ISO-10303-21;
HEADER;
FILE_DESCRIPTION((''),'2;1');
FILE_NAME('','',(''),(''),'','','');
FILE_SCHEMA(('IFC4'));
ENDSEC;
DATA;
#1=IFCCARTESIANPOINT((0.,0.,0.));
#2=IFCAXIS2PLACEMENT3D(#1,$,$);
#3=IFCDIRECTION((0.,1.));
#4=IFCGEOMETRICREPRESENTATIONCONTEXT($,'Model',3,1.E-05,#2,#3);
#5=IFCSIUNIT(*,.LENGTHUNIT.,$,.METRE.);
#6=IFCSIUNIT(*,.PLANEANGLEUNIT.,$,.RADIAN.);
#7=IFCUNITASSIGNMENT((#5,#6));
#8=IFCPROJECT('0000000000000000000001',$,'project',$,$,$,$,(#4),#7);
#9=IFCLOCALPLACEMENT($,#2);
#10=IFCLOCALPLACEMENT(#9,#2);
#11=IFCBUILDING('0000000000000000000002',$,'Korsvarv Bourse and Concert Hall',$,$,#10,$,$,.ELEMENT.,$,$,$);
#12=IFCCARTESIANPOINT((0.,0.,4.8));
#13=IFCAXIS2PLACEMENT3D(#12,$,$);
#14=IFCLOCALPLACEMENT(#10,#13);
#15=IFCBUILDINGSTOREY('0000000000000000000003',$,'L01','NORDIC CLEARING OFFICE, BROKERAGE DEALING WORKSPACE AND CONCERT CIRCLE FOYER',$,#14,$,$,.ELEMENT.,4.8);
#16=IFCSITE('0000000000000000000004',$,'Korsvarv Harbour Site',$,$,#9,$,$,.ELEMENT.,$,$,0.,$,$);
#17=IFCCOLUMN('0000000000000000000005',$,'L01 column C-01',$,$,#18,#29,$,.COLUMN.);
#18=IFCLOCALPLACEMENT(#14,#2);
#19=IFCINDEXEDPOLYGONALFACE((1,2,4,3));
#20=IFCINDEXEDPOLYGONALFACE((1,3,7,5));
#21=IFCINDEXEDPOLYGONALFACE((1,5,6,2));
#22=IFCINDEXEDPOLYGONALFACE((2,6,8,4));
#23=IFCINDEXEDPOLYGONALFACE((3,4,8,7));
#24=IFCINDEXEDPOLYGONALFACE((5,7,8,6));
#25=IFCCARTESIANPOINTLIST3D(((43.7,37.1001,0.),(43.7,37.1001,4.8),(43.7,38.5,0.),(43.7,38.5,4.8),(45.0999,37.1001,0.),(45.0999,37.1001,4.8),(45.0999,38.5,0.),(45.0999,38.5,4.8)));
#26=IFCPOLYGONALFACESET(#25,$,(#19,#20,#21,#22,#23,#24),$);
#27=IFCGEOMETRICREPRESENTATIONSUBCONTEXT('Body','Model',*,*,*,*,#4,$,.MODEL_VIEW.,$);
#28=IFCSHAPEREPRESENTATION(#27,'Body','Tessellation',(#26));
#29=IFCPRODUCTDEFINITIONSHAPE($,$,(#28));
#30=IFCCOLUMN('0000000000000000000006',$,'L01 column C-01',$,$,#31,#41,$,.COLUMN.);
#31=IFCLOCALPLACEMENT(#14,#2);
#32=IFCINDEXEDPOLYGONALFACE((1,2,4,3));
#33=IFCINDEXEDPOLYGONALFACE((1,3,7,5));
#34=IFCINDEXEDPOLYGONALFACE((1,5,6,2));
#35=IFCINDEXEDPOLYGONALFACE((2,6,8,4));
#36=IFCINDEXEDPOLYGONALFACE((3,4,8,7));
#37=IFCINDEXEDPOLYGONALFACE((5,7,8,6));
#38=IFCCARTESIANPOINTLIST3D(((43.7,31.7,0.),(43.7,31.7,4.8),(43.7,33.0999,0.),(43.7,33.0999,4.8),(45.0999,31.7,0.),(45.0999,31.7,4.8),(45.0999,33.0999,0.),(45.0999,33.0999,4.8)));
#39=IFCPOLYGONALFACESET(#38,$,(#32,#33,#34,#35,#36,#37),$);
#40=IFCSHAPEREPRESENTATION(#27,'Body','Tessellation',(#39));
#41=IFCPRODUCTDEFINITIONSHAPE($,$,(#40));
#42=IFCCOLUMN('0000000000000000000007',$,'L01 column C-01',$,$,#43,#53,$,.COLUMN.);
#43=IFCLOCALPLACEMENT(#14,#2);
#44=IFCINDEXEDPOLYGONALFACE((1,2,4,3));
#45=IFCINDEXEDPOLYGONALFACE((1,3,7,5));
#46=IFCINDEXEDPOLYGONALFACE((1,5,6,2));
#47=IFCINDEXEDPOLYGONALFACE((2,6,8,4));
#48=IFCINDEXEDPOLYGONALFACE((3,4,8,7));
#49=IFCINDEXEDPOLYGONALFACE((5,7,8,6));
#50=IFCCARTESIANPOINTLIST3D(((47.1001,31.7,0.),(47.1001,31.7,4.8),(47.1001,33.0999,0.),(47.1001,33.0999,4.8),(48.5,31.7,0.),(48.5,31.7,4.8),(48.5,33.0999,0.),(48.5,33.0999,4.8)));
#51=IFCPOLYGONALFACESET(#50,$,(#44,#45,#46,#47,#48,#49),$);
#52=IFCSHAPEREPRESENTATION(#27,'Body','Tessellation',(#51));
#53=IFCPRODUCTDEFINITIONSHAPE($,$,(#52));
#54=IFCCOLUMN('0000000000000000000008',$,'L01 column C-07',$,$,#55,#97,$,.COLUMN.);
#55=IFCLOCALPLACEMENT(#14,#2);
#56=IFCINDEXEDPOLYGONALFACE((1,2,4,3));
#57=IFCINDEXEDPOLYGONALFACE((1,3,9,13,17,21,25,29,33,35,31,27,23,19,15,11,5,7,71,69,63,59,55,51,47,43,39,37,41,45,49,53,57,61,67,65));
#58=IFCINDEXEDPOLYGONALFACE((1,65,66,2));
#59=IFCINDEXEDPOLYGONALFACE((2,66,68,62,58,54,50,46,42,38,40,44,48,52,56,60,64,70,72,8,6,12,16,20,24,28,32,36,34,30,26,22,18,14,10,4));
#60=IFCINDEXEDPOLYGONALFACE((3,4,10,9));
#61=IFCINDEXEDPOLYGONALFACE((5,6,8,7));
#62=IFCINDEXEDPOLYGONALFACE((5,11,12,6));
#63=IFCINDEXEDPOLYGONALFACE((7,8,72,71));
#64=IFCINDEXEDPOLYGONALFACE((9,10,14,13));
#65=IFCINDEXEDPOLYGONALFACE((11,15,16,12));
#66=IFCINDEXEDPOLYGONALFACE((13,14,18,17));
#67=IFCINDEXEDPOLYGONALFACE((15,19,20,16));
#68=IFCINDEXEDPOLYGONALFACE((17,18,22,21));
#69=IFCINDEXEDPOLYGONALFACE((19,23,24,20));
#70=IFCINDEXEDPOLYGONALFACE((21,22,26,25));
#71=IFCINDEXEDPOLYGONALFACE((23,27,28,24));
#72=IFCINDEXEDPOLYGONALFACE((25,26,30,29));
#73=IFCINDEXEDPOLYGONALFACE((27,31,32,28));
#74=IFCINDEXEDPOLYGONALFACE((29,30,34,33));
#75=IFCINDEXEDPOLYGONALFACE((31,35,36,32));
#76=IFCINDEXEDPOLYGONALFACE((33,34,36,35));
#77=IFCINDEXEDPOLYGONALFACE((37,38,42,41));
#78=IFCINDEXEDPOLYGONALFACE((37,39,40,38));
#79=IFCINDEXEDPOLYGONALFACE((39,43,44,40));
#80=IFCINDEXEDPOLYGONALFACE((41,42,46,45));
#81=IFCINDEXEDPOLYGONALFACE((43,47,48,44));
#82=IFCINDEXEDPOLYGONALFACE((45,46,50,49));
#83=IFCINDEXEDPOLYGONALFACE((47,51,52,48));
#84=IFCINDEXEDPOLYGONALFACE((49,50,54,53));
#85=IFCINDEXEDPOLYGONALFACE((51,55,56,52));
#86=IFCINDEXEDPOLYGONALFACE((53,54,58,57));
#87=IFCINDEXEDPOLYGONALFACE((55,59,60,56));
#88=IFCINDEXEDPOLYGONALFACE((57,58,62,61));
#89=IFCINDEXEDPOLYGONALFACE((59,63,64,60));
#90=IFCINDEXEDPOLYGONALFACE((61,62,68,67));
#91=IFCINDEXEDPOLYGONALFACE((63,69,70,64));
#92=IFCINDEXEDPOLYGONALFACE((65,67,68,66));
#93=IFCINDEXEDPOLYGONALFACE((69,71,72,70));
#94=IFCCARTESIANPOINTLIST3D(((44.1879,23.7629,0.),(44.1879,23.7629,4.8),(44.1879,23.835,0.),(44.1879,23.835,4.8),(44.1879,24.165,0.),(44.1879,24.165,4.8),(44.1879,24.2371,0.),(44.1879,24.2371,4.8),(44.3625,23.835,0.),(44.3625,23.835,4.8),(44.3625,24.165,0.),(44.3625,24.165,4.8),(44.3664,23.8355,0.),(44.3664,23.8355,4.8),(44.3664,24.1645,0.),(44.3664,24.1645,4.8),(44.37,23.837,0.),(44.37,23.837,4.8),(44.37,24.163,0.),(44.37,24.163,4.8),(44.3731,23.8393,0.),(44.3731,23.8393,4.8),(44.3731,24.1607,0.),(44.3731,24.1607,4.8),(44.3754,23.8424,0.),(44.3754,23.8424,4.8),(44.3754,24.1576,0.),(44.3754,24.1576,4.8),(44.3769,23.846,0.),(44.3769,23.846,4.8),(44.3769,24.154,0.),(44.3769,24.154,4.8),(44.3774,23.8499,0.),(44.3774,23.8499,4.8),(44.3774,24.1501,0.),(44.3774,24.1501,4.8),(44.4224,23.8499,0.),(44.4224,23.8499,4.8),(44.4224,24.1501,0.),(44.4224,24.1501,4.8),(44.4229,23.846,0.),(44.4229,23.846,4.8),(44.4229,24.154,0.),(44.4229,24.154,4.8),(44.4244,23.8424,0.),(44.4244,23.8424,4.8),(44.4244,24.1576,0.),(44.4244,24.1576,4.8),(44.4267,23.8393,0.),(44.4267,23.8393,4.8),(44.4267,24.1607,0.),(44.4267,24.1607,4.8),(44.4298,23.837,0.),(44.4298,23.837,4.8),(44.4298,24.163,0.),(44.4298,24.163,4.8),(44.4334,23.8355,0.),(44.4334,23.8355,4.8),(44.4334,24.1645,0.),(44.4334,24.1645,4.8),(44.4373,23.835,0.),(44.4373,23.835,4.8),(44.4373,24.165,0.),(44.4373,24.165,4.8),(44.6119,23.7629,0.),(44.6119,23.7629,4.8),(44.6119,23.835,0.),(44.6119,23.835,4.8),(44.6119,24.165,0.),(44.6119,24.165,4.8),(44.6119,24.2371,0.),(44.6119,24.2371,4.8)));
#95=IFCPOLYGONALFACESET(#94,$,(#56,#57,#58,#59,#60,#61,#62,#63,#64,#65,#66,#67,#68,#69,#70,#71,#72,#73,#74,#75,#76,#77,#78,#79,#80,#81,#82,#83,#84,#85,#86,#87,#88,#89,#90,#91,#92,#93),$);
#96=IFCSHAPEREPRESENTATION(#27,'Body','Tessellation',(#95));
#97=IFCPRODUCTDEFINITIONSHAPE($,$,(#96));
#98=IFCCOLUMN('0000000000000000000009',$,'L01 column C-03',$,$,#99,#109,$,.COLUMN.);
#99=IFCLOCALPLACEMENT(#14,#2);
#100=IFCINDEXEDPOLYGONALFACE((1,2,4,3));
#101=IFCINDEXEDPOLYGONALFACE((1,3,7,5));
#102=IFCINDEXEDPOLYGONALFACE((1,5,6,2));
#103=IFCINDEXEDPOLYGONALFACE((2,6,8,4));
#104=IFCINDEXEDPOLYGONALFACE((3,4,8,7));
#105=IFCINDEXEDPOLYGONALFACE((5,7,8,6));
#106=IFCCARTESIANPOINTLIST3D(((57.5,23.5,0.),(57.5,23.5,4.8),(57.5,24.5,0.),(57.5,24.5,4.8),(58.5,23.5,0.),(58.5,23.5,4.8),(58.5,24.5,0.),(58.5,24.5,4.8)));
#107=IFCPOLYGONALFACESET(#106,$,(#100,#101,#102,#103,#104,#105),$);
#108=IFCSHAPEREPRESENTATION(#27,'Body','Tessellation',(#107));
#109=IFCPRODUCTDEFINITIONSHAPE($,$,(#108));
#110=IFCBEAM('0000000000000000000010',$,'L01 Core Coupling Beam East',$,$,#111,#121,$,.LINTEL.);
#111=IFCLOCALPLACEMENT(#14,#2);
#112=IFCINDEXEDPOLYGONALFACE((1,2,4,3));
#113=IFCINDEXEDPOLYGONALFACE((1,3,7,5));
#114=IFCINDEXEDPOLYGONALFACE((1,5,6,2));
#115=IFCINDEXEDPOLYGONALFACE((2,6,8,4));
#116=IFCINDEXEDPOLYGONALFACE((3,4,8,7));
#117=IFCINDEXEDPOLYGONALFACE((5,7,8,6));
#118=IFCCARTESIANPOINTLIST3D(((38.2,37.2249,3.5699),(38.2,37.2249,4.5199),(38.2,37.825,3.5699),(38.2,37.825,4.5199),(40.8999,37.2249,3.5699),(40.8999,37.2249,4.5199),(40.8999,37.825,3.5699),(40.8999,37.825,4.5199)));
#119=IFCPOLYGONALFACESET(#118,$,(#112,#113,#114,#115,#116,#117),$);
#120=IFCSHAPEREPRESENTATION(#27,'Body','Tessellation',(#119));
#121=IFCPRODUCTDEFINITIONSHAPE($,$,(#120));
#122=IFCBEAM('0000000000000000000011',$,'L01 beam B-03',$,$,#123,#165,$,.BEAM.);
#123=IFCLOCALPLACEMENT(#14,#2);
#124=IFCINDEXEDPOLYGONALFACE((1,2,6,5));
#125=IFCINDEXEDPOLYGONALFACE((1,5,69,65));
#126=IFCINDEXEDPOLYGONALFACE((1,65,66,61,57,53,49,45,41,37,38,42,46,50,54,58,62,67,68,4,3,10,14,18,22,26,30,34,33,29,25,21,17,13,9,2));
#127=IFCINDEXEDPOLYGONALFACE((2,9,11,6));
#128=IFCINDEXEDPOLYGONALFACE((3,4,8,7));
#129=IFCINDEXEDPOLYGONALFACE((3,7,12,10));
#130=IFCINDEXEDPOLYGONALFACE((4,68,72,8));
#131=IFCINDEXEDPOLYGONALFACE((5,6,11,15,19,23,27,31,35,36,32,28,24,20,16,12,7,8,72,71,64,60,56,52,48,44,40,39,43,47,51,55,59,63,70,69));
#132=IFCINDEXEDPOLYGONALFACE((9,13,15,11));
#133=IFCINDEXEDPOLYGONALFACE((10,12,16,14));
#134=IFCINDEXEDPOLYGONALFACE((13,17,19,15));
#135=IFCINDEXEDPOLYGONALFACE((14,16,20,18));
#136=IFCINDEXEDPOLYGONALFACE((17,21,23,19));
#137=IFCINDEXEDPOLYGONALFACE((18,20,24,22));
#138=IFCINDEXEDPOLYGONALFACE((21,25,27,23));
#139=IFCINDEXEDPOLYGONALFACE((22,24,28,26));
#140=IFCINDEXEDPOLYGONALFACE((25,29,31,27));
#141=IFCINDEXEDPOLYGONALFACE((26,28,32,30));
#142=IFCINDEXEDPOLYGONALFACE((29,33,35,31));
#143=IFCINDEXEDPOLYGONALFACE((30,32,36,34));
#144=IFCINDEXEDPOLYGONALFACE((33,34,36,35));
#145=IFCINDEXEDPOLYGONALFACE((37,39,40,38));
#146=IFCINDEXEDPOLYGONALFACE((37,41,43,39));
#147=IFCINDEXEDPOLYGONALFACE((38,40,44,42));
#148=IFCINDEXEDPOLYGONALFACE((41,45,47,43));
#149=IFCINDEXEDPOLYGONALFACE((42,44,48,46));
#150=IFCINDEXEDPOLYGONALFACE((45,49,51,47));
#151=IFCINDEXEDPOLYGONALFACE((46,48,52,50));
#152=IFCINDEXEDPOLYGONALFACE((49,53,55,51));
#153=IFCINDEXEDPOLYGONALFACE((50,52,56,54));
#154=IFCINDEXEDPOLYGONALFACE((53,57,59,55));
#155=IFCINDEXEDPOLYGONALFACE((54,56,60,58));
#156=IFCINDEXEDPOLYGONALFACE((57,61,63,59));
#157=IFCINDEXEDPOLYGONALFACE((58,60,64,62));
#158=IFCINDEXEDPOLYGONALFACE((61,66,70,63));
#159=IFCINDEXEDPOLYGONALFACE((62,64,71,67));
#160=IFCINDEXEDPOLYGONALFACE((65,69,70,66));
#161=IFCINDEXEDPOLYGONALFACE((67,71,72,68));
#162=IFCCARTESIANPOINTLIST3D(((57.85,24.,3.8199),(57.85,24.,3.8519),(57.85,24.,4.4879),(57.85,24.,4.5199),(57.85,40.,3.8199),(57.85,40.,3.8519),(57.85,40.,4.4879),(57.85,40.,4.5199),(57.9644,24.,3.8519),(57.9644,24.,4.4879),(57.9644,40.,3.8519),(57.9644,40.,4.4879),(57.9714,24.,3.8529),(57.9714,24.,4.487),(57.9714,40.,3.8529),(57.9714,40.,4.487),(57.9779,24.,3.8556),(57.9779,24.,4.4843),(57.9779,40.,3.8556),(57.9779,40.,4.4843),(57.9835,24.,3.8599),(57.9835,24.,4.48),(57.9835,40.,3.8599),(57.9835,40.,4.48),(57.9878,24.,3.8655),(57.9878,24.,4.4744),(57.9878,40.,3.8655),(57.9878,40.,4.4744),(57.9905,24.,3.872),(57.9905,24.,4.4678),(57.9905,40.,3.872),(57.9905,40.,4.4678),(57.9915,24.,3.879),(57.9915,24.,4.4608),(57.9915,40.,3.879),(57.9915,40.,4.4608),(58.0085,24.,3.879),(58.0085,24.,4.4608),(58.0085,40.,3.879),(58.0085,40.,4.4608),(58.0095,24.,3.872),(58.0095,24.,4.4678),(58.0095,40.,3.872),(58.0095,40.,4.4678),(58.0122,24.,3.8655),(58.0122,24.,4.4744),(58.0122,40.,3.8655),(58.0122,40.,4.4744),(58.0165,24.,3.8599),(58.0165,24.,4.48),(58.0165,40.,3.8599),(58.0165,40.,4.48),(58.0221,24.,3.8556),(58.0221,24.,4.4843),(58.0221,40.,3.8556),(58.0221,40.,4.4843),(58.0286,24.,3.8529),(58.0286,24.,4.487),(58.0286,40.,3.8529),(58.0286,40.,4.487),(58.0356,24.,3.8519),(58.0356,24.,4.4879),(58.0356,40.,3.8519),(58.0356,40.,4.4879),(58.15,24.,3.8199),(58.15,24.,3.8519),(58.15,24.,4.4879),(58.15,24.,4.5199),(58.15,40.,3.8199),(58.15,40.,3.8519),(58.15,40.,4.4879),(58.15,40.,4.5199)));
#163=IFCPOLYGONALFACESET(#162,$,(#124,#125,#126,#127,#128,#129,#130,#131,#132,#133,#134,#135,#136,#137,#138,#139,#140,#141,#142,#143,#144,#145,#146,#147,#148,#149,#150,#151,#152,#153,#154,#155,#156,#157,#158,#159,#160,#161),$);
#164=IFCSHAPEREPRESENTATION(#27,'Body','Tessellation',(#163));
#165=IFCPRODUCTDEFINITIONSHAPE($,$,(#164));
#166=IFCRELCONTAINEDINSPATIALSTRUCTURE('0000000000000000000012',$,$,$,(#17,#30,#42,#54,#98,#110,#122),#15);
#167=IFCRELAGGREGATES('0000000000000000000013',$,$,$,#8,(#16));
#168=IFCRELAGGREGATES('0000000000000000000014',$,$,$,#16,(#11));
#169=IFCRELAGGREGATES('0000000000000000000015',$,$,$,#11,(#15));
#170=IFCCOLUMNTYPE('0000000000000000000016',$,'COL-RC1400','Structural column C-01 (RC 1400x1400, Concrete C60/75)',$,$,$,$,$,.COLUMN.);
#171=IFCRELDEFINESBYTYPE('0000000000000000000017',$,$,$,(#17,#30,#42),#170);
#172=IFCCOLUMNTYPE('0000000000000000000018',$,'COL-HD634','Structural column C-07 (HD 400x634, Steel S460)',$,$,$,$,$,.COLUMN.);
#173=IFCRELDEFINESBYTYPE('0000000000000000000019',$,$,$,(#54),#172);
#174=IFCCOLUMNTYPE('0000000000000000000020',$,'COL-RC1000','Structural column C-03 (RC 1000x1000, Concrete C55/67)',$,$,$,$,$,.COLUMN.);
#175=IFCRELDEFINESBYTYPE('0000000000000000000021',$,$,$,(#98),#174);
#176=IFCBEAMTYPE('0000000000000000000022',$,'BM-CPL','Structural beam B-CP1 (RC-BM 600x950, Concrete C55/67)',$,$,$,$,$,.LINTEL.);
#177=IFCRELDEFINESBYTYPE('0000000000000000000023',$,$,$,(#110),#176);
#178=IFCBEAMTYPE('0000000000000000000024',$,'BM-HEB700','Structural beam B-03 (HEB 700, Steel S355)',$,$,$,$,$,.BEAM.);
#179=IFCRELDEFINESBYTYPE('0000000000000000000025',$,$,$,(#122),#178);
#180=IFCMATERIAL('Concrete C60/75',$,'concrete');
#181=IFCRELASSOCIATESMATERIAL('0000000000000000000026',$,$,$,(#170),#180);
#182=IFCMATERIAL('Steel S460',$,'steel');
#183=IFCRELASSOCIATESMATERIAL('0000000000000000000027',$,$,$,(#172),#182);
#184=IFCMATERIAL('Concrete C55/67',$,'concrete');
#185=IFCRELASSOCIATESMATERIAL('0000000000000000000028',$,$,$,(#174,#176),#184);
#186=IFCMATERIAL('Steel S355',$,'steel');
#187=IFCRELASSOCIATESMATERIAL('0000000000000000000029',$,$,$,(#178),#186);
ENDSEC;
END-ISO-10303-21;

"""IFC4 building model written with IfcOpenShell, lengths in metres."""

from ifc_helpers import new_model, si_unit, direction, frame, origin, origin_2d, place, context, subcontext, project, spatial, rectangle, i_section, extrude, source, transform, mapped, material, material_profile, profile_set, type_object, element, save


model = new_model("IFC4")

# Units and contexts
model_context = context("Model", 3, precision=1e-05, world=origin(), true_north=direction((0.0, 1.0)))
body_context = subcontext(model_context, "Body", "Model", "MODEL_VIEW")
ifc_project = project(units=[si_unit("LENGTHUNIT", "METRE"), si_unit("PLANEANGLEUNIT", "RADIAN")], contexts=[model_context])

# Site, building, storey
site_placement = place(None, origin())
site = spatial("IfcSite", under=ifc_project, at=site_placement, Name="Korsvarv Harbour Site", CompositionType="ELEMENT", RefElevation=0.0)
building_placement = place(site_placement, origin())
building = spatial("IfcBuilding", under=site, at=building_placement, Name="Korsvarv Bourse and Concert Hall", CompositionType="ELEMENT")
storey_placement = place(building_placement, frame((0.0, 0.0, 4.8)))
storey = spatial("IfcBuildingStorey", under=building, at=storey_placement, Name="L01", Description="NORDIC CLEARING OFFICE, BROKERAGE DEALING WORKSPACE AND CONCERT CIRCLE FOYER", CompositionType="ELEMENT", Elevation=4.8)

# Columns
ifc_material_1 = material(Name="Concrete C60/75", Category="concrete")
ifc_material_profile_1 = material_profile(ifc_material_1, rectangle(XDim=1.3999, YDim=1.3999, at=origin_2d()), Name="RC 1400x1400")
ifc_profile_set_1 = profile_set([ifc_material_profile_1], Name="Concrete C60/75")
column_type_1 = type_object("IfcColumnType", Name="COL-RC1400", Description="Structural column C-01 (RC 1400x1400, Concrete C60/75)", PredefinedType="COLUMN", material=ifc_profile_set_1)
shared_shape_1 = source(origin(), body_context, "Body", "SweptSolid", [
    extrude(rectangle(XDim=1.3999, YDim=1.3999, at=origin_2d()), origin(), (0.0, 0.0, 1.0), 4.8),
])
for number, where, z_axis, x_axis, name in (
    (1, (44.3999, 37.8, 0.0), (0.0, 0.0, 1.0), (1.0, 0.0, 0.0), "L01 column C-01"),
    (2, (44.3999, 32.3999, 0.0), (0.0, 0.0, 1.0), (1.0, 0.0, 0.0), "L01 column C-01"),
    (3, (47.8, 32.3999, 0.0), (0.0, 0.0, 1.0), (1.0, 0.0, 0.0), "L01 column C-01"),
):
    element("IfcColumn", number, at=place(storey_placement, frame(where, z_axis=z_axis, x_axis=x_axis)), inside=storey, type_object=column_type_1, Name=name, PredefinedType="COLUMN", context=body_context, shape_type="MappedRepresentation", body=[
        mapped(shared_shape_1, transform((0.0, 0.0, 0.0), scale=1.0)),
    ])
ifc_material_2 = material(Name="Steel S460", Category="steel")
ifc_material_profile_2 = material_profile(ifc_material_2, i_section(OverallWidth=0.4241, OverallDepth=0.4741, WebThickness=0.0449, FlangeThickness=0.072, FilletRadius=0.0149, at=origin_2d()), Name="HD 400x634")
ifc_profile_set_2 = profile_set([ifc_material_profile_2], Name="Steel S460")
column_type_2 = type_object("IfcColumnType", Name="COL-HD634", Description="Structural column C-07 (HD 400x634, Steel S460)", PredefinedType="COLUMN", material=ifc_profile_set_2)
shared_shape_2 = source(origin(), body_context, "Body", "SweptSolid", [
    extrude(i_section(OverallWidth=0.4241, OverallDepth=0.4741, WebThickness=0.0449, FlangeThickness=0.072, FilletRadius=0.0149, at=origin_2d()), origin(), (0.0, 0.0, 1.0), 4.8),
])
column_1_placement = place(storey_placement, frame((44.3999, 24.0, 0.0), z_axis=(0.0, 0.0, 1.0), x_axis=(1.0, 0.0, 0.0)))
element("IfcColumn", 4, at=column_1_placement, inside=storey, type_object=column_type_2, Name="L01 column C-07", PredefinedType="COLUMN", context=body_context, shape_type="MappedRepresentation", body=[
    mapped(shared_shape_2, transform((0.0, 0.0, 0.0), scale=1.0)),
])
ifc_material_3 = material(Name="Concrete C55/67", Category="concrete")
ifc_material_profile_3 = material_profile(ifc_material_3, rectangle(XDim=1.0, YDim=1.0, at=origin_2d()), Name="RC 1000x1000")
ifc_profile_set_3 = profile_set([ifc_material_profile_3], Name="Concrete C55/67")
column_type_3 = type_object("IfcColumnType", Name="COL-RC1000", Description="Structural column C-03 (RC 1000x1000, Concrete C55/67)", PredefinedType="COLUMN", material=ifc_profile_set_3)
shared_shape_3 = source(origin(), body_context, "Body", "SweptSolid", [
    extrude(rectangle(XDim=1.0, YDim=1.0, at=origin_2d()), origin(), (0.0, 0.0, 1.0), 4.8),
])
column_2_placement = place(storey_placement, frame((58.0, 24.0, 0.0), z_axis=(0.0, 0.0, 1.0), x_axis=(1.0, 0.0, 0.0)))
element("IfcColumn", 5, at=column_2_placement, inside=storey, type_object=column_type_3, Name="L01 column C-03", PredefinedType="COLUMN", context=body_context, shape_type="MappedRepresentation", body=[
    mapped(shared_shape_3, transform((0.0, 0.0, 0.0), scale=1.0)),
])

# Beams
ifc_material_profile_4 = material_profile(ifc_material_3, rectangle(XDim=0.6001, YDim=0.95, at=origin_2d()), Name="RC-BM 600x950")
ifc_profile_set_4 = profile_set([ifc_material_profile_4], Name="Concrete C55/67")
beam_type_1 = type_object("IfcBeamType", Name="BM-CPL", Description="Structural beam B-CP1 (RC-BM 600x950, Concrete C55/67)", PredefinedType="LINTEL", material=ifc_profile_set_4)
shared_shape_4 = source(origin(), body_context, "Body", "SweptSolid", [
    extrude(rectangle(XDim=0.6001, YDim=0.95, at=origin_2d()), origin(), (0.0, 0.0, 1.0), 2.7),
])
beam_1_placement = place(storey_placement, frame((38.2, 37.5249, 4.0449), z_axis=(1.0, 0.0, 0.0), x_axis=(0.0, 1.0, 0.0)))
element("IfcBeam", 6, at=beam_1_placement, inside=storey, type_object=beam_type_1, Name="L01 Core Coupling Beam East", PredefinedType="LINTEL", context=body_context, shape_type="MappedRepresentation", body=[
    mapped(shared_shape_4, transform((0.0, 0.0, 0.0), scale=1.0)),
])
ifc_material_4 = material(Name="Steel S355", Category="steel")
ifc_material_profile_5 = material_profile(ifc_material_4, i_section(OverallWidth=0.3, OverallDepth=0.7, WebThickness=0.0171, FlangeThickness=0.032, FilletRadius=0.0271, at=origin_2d()), Name="HEB 700")
ifc_profile_set_5 = profile_set([ifc_material_profile_5], Name="Steel S355")
beam_type_2 = type_object("IfcBeamType", Name="BM-HEB700", Description="Structural beam B-03 (HEB 700, Steel S355)", PredefinedType="BEAM", material=ifc_profile_set_5)
shared_shape_5 = source(origin(), body_context, "Body", "SweptSolid", [
    extrude(i_section(OverallWidth=0.3, OverallDepth=0.7, WebThickness=0.0171, FlangeThickness=0.032, FilletRadius=0.0271, at=origin_2d()), origin(), (0.0, 0.0, 1.0), 16.0),
])
beam_2_placement = place(storey_placement, frame((58.0, 24.0, 4.1699), z_axis=(0.0, 1.0, 0.0), x_axis=(-1.0, 0.0, 0.0)))
element("IfcBeam", 7, at=beam_2_placement, inside=storey, type_object=beam_type_2, Name="L01 beam B-03", PredefinedType="BEAM", context=body_context, shape_type="MappedRepresentation", body=[
    mapped(shared_shape_5, transform((0.0, 0.0, 0.0), scale=1.0)),
])

save(model, "model.ifc")
